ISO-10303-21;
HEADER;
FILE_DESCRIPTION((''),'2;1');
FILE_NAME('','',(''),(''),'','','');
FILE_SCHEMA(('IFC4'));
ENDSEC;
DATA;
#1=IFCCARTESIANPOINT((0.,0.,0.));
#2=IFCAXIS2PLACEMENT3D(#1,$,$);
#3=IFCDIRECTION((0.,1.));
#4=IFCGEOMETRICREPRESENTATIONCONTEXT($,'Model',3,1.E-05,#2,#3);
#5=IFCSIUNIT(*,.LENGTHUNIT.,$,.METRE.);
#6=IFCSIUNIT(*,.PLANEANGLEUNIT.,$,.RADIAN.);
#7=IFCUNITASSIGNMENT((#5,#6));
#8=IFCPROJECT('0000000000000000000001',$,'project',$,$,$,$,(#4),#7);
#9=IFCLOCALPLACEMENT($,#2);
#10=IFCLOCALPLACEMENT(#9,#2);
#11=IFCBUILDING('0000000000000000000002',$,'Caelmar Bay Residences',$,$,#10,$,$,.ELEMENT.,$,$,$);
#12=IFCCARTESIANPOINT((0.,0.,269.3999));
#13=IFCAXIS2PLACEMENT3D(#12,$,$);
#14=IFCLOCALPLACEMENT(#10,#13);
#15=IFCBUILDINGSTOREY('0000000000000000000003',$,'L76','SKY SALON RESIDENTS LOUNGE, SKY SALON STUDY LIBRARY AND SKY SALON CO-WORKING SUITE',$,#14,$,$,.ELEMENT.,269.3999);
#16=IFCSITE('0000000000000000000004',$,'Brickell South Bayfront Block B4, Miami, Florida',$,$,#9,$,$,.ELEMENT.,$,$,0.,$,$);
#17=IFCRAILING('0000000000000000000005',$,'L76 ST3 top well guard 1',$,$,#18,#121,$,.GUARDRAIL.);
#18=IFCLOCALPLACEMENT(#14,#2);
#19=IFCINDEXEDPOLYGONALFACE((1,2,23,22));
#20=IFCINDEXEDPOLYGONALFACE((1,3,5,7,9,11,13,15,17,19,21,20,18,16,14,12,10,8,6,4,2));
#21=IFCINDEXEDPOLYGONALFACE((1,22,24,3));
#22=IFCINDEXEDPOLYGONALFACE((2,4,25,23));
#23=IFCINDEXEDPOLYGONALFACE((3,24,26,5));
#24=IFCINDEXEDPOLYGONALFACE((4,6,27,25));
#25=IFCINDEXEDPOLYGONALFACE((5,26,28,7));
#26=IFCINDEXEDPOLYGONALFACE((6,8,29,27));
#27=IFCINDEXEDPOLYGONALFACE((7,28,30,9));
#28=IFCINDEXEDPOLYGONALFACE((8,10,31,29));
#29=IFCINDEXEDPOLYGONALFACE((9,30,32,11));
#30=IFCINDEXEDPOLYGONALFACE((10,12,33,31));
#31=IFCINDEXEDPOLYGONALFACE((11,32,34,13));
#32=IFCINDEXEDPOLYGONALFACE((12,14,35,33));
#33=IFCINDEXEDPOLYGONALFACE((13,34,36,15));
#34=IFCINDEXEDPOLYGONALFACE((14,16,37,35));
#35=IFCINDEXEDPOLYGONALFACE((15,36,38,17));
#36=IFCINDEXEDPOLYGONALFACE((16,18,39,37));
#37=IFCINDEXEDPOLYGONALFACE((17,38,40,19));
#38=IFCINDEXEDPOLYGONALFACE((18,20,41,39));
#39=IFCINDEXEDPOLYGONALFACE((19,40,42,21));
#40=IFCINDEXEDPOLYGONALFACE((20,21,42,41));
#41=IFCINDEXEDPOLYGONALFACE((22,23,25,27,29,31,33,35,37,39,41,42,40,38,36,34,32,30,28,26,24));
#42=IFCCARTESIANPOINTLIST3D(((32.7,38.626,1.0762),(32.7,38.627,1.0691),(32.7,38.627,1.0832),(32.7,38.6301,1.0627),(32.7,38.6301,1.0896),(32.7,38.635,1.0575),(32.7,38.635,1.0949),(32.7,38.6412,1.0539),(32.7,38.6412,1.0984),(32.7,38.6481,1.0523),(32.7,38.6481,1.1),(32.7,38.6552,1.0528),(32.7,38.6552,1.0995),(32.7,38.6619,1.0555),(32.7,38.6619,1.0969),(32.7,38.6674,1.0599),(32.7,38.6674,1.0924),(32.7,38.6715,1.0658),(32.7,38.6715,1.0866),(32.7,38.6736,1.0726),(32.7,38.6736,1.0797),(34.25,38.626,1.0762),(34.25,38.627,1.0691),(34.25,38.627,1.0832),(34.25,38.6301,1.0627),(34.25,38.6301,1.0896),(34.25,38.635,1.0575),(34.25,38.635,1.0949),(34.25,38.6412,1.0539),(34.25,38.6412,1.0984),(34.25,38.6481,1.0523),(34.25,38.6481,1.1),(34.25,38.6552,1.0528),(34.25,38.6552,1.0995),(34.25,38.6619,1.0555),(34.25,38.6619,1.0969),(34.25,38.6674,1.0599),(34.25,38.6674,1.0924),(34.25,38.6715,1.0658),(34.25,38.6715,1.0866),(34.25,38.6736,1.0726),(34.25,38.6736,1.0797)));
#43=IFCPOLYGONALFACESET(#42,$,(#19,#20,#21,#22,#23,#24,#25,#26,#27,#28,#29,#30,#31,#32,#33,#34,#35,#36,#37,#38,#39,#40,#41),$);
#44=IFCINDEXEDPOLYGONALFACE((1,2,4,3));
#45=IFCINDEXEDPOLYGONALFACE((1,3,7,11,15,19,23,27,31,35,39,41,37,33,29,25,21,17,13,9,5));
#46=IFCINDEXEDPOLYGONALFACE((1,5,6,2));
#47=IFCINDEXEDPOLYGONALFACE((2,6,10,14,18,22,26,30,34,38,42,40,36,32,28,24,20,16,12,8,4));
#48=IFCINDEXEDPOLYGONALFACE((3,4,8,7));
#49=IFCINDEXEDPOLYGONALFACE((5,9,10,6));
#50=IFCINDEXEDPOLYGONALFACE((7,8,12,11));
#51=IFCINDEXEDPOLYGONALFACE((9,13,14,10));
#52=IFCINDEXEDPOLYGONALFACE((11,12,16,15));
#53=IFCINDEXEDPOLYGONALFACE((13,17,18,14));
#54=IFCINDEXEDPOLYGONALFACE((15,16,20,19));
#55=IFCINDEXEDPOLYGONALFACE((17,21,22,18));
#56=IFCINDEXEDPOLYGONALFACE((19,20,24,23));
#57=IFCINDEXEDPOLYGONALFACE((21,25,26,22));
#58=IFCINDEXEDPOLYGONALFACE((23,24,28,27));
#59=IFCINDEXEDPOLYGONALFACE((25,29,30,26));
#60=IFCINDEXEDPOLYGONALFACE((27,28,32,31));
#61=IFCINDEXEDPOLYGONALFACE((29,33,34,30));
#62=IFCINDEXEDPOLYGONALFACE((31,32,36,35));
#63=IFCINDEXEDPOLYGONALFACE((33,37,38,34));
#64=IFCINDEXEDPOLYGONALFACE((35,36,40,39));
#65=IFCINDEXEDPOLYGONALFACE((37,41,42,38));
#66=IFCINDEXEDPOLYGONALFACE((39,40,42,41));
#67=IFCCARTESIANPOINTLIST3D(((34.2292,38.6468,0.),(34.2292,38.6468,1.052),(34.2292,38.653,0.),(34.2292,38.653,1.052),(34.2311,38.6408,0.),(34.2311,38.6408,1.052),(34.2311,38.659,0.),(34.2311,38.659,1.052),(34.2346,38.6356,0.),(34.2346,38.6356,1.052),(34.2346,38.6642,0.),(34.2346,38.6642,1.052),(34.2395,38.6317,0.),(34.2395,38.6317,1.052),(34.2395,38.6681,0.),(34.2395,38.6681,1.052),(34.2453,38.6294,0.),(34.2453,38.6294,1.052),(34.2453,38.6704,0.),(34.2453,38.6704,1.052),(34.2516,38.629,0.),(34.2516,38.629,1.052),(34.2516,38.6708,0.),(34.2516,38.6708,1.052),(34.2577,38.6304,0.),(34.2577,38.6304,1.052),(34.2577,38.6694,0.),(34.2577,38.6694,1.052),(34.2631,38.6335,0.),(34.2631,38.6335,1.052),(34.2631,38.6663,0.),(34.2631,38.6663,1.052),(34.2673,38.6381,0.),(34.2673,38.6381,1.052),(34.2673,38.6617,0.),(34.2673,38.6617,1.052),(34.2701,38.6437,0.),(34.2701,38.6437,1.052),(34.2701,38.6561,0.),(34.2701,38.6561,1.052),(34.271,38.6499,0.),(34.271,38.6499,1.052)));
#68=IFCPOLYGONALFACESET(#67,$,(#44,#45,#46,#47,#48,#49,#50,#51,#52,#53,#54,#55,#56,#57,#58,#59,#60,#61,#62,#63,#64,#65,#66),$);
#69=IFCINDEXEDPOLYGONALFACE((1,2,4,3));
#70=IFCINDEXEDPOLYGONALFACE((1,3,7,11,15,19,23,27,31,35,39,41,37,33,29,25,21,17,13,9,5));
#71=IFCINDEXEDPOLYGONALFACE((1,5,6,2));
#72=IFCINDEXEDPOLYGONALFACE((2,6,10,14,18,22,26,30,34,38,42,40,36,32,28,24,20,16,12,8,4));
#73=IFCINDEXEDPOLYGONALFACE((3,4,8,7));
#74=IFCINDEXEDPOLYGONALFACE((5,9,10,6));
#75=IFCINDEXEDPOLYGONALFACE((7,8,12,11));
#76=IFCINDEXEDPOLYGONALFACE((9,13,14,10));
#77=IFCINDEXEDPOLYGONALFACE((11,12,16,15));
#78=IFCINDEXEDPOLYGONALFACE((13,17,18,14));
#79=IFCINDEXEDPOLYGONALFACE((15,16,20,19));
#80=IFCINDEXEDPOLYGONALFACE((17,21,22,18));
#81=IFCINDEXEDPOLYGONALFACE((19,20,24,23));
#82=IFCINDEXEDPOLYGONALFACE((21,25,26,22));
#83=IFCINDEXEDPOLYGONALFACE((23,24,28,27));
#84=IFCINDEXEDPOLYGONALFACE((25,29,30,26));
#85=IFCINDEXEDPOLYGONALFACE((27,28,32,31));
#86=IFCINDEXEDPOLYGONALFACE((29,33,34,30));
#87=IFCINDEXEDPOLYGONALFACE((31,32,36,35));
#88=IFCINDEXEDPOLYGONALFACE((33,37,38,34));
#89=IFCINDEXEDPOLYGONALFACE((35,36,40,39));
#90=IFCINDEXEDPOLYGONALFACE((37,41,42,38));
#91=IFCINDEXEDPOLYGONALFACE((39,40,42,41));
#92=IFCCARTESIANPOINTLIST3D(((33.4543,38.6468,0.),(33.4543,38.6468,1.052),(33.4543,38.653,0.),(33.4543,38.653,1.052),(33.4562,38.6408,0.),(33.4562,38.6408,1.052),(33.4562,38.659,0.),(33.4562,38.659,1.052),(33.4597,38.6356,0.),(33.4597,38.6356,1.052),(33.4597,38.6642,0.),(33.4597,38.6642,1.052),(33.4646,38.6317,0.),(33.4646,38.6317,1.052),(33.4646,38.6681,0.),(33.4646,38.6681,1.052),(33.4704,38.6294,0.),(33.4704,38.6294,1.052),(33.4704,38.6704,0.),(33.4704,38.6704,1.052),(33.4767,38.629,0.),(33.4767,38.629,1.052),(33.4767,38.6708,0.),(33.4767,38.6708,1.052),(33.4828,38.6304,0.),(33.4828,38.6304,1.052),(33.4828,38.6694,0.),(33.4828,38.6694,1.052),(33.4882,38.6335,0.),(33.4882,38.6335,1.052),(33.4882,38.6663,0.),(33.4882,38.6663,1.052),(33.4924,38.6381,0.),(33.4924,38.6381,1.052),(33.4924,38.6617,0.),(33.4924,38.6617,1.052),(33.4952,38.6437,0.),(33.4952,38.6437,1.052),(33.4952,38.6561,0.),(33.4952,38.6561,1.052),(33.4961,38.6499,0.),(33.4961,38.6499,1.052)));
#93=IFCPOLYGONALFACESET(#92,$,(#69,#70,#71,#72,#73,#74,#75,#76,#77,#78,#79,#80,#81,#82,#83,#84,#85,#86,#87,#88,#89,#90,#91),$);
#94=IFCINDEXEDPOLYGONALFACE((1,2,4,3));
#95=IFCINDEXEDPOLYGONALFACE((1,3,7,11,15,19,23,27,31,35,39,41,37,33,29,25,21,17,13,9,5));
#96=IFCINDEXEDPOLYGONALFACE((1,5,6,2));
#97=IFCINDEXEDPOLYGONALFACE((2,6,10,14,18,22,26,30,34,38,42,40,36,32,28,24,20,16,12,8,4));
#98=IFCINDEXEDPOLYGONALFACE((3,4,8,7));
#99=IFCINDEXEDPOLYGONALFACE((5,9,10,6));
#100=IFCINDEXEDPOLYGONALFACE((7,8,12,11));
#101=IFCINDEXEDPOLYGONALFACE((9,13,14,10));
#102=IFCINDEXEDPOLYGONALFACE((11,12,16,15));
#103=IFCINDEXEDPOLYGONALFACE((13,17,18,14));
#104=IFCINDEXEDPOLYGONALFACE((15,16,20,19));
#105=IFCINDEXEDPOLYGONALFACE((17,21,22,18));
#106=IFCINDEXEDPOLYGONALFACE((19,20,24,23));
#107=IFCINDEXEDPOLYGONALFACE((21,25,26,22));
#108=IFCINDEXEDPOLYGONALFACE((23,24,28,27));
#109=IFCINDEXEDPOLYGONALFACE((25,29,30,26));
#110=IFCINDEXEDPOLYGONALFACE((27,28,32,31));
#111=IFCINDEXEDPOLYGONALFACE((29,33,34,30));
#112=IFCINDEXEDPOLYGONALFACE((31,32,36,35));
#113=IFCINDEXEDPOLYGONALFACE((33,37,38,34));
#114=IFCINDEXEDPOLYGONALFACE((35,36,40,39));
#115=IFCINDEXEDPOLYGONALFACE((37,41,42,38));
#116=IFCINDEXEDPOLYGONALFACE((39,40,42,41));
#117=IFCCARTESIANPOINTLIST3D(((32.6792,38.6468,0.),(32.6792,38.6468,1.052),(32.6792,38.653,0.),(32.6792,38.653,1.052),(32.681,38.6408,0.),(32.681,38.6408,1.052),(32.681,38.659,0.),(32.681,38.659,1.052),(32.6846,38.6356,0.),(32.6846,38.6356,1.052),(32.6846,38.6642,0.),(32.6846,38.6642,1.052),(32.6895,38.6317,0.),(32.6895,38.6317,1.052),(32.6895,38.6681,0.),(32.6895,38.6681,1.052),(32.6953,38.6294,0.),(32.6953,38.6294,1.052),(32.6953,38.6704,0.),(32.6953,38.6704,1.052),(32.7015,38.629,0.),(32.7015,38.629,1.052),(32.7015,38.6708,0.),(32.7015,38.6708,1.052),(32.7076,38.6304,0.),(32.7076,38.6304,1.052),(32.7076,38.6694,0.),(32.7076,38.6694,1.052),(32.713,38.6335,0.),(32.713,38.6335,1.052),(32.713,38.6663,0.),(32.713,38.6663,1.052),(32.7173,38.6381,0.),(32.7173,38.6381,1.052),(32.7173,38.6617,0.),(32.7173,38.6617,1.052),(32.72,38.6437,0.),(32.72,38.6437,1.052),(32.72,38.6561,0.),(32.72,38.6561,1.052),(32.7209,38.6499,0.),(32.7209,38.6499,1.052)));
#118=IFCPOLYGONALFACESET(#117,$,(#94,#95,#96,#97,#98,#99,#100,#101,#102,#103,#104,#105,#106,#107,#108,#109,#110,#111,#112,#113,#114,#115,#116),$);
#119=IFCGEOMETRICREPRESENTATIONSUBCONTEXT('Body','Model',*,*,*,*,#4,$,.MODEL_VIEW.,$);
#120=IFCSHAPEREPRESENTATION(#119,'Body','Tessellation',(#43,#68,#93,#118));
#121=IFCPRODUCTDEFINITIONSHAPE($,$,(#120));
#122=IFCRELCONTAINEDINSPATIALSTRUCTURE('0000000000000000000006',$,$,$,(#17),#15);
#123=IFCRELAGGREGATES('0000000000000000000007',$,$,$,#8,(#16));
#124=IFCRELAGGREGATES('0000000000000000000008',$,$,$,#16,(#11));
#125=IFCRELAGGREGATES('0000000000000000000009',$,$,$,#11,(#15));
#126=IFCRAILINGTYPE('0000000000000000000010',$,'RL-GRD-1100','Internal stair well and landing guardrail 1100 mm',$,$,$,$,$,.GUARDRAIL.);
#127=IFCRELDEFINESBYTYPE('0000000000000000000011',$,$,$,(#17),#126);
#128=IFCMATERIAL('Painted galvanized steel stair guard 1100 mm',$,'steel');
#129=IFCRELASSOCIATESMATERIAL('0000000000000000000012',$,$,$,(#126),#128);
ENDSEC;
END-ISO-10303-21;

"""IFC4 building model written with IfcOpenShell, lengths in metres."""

from ifc_helpers import new_model, si_unit, direction, frame, origin, origin_2d, place, context, subcontext, project, spatial, circle, extrude, material, type_object, element, save


model = new_model("IFC4")

# Units and contexts
model_context = context("Model", 3, precision=1e-05, world=origin(), true_north=direction((0.0, 1.0)))
body_context = subcontext(model_context, "Body", "Model", "MODEL_VIEW")
ifc_project = project(units=[si_unit("LENGTHUNIT", "METRE"), si_unit("PLANEANGLEUNIT", "RADIAN")], contexts=[model_context])

# Site, building, storey
site_placement = place(None, origin())
site = spatial("IfcSite", under=ifc_project, at=site_placement, Name="Brickell South Bayfront Block B4, Miami, Florida", CompositionType="ELEMENT", RefElevation=0.0)
building_placement = place(site_placement, origin())
building = spatial("IfcBuilding", under=site, at=building_placement, Name="Caelmar Bay Residences", CompositionType="ELEMENT")
storey_placement = place(building_placement, frame((0.0, 0.0, 269.3999)))
storey = spatial("IfcBuildingStorey", under=building, at=storey_placement, Name="L76", Description="SKY SALON RESIDENTS LOUNGE, SKY SALON STUDY LIBRARY AND SKY SALON CO-WORKING SUITE", CompositionType="ELEMENT", Elevation=269.3999)

# Railing
ifc_material_1 = material(Name="Painted galvanized steel stair guard 1100 mm", Category="steel")
railing_type = type_object("IfcRailingType", Name="RL-GRD-1100", Description="Internal stair well and landing guardrail 1100 mm", PredefinedType="GUARDRAIL", material=ifc_material_1)
railing_placement = place(storey_placement, frame((34.25, 38.6499, 0.0)))
element("IfcRailing", 1, at=railing_placement, inside=storey, type_object=railing_type, Name="L76 ST3 top well guard 1", PredefinedType="GUARDRAIL", context=body_context, shape_type="SweptSolid", body=[
    extrude(circle(Radius=0.0239, at=origin_2d()), frame((0.0, 0.0, 1.0762), z_axis=(-1.0, 0.0, 0.0), x_axis=(0.0, -1.0, 0.0)), (0.0, 0.0, 1.0), 1.55),
    extrude(circle(Radius=0.021, at=origin_2d()), origin(), (0.0, 0.0, 1.0), 1.052),
    extrude(circle(Radius=0.021, at=origin_2d()), frame((-0.7749, 0.0, 0.0)), (0.0, 0.0, 1.0), 1.052),
    extrude(circle(Radius=0.021, at=origin_2d()), frame((-1.55, 0.0, 0.0)), (0.0, 0.0, 1.0), 1.052),
])

save(model, "model.ifc")
